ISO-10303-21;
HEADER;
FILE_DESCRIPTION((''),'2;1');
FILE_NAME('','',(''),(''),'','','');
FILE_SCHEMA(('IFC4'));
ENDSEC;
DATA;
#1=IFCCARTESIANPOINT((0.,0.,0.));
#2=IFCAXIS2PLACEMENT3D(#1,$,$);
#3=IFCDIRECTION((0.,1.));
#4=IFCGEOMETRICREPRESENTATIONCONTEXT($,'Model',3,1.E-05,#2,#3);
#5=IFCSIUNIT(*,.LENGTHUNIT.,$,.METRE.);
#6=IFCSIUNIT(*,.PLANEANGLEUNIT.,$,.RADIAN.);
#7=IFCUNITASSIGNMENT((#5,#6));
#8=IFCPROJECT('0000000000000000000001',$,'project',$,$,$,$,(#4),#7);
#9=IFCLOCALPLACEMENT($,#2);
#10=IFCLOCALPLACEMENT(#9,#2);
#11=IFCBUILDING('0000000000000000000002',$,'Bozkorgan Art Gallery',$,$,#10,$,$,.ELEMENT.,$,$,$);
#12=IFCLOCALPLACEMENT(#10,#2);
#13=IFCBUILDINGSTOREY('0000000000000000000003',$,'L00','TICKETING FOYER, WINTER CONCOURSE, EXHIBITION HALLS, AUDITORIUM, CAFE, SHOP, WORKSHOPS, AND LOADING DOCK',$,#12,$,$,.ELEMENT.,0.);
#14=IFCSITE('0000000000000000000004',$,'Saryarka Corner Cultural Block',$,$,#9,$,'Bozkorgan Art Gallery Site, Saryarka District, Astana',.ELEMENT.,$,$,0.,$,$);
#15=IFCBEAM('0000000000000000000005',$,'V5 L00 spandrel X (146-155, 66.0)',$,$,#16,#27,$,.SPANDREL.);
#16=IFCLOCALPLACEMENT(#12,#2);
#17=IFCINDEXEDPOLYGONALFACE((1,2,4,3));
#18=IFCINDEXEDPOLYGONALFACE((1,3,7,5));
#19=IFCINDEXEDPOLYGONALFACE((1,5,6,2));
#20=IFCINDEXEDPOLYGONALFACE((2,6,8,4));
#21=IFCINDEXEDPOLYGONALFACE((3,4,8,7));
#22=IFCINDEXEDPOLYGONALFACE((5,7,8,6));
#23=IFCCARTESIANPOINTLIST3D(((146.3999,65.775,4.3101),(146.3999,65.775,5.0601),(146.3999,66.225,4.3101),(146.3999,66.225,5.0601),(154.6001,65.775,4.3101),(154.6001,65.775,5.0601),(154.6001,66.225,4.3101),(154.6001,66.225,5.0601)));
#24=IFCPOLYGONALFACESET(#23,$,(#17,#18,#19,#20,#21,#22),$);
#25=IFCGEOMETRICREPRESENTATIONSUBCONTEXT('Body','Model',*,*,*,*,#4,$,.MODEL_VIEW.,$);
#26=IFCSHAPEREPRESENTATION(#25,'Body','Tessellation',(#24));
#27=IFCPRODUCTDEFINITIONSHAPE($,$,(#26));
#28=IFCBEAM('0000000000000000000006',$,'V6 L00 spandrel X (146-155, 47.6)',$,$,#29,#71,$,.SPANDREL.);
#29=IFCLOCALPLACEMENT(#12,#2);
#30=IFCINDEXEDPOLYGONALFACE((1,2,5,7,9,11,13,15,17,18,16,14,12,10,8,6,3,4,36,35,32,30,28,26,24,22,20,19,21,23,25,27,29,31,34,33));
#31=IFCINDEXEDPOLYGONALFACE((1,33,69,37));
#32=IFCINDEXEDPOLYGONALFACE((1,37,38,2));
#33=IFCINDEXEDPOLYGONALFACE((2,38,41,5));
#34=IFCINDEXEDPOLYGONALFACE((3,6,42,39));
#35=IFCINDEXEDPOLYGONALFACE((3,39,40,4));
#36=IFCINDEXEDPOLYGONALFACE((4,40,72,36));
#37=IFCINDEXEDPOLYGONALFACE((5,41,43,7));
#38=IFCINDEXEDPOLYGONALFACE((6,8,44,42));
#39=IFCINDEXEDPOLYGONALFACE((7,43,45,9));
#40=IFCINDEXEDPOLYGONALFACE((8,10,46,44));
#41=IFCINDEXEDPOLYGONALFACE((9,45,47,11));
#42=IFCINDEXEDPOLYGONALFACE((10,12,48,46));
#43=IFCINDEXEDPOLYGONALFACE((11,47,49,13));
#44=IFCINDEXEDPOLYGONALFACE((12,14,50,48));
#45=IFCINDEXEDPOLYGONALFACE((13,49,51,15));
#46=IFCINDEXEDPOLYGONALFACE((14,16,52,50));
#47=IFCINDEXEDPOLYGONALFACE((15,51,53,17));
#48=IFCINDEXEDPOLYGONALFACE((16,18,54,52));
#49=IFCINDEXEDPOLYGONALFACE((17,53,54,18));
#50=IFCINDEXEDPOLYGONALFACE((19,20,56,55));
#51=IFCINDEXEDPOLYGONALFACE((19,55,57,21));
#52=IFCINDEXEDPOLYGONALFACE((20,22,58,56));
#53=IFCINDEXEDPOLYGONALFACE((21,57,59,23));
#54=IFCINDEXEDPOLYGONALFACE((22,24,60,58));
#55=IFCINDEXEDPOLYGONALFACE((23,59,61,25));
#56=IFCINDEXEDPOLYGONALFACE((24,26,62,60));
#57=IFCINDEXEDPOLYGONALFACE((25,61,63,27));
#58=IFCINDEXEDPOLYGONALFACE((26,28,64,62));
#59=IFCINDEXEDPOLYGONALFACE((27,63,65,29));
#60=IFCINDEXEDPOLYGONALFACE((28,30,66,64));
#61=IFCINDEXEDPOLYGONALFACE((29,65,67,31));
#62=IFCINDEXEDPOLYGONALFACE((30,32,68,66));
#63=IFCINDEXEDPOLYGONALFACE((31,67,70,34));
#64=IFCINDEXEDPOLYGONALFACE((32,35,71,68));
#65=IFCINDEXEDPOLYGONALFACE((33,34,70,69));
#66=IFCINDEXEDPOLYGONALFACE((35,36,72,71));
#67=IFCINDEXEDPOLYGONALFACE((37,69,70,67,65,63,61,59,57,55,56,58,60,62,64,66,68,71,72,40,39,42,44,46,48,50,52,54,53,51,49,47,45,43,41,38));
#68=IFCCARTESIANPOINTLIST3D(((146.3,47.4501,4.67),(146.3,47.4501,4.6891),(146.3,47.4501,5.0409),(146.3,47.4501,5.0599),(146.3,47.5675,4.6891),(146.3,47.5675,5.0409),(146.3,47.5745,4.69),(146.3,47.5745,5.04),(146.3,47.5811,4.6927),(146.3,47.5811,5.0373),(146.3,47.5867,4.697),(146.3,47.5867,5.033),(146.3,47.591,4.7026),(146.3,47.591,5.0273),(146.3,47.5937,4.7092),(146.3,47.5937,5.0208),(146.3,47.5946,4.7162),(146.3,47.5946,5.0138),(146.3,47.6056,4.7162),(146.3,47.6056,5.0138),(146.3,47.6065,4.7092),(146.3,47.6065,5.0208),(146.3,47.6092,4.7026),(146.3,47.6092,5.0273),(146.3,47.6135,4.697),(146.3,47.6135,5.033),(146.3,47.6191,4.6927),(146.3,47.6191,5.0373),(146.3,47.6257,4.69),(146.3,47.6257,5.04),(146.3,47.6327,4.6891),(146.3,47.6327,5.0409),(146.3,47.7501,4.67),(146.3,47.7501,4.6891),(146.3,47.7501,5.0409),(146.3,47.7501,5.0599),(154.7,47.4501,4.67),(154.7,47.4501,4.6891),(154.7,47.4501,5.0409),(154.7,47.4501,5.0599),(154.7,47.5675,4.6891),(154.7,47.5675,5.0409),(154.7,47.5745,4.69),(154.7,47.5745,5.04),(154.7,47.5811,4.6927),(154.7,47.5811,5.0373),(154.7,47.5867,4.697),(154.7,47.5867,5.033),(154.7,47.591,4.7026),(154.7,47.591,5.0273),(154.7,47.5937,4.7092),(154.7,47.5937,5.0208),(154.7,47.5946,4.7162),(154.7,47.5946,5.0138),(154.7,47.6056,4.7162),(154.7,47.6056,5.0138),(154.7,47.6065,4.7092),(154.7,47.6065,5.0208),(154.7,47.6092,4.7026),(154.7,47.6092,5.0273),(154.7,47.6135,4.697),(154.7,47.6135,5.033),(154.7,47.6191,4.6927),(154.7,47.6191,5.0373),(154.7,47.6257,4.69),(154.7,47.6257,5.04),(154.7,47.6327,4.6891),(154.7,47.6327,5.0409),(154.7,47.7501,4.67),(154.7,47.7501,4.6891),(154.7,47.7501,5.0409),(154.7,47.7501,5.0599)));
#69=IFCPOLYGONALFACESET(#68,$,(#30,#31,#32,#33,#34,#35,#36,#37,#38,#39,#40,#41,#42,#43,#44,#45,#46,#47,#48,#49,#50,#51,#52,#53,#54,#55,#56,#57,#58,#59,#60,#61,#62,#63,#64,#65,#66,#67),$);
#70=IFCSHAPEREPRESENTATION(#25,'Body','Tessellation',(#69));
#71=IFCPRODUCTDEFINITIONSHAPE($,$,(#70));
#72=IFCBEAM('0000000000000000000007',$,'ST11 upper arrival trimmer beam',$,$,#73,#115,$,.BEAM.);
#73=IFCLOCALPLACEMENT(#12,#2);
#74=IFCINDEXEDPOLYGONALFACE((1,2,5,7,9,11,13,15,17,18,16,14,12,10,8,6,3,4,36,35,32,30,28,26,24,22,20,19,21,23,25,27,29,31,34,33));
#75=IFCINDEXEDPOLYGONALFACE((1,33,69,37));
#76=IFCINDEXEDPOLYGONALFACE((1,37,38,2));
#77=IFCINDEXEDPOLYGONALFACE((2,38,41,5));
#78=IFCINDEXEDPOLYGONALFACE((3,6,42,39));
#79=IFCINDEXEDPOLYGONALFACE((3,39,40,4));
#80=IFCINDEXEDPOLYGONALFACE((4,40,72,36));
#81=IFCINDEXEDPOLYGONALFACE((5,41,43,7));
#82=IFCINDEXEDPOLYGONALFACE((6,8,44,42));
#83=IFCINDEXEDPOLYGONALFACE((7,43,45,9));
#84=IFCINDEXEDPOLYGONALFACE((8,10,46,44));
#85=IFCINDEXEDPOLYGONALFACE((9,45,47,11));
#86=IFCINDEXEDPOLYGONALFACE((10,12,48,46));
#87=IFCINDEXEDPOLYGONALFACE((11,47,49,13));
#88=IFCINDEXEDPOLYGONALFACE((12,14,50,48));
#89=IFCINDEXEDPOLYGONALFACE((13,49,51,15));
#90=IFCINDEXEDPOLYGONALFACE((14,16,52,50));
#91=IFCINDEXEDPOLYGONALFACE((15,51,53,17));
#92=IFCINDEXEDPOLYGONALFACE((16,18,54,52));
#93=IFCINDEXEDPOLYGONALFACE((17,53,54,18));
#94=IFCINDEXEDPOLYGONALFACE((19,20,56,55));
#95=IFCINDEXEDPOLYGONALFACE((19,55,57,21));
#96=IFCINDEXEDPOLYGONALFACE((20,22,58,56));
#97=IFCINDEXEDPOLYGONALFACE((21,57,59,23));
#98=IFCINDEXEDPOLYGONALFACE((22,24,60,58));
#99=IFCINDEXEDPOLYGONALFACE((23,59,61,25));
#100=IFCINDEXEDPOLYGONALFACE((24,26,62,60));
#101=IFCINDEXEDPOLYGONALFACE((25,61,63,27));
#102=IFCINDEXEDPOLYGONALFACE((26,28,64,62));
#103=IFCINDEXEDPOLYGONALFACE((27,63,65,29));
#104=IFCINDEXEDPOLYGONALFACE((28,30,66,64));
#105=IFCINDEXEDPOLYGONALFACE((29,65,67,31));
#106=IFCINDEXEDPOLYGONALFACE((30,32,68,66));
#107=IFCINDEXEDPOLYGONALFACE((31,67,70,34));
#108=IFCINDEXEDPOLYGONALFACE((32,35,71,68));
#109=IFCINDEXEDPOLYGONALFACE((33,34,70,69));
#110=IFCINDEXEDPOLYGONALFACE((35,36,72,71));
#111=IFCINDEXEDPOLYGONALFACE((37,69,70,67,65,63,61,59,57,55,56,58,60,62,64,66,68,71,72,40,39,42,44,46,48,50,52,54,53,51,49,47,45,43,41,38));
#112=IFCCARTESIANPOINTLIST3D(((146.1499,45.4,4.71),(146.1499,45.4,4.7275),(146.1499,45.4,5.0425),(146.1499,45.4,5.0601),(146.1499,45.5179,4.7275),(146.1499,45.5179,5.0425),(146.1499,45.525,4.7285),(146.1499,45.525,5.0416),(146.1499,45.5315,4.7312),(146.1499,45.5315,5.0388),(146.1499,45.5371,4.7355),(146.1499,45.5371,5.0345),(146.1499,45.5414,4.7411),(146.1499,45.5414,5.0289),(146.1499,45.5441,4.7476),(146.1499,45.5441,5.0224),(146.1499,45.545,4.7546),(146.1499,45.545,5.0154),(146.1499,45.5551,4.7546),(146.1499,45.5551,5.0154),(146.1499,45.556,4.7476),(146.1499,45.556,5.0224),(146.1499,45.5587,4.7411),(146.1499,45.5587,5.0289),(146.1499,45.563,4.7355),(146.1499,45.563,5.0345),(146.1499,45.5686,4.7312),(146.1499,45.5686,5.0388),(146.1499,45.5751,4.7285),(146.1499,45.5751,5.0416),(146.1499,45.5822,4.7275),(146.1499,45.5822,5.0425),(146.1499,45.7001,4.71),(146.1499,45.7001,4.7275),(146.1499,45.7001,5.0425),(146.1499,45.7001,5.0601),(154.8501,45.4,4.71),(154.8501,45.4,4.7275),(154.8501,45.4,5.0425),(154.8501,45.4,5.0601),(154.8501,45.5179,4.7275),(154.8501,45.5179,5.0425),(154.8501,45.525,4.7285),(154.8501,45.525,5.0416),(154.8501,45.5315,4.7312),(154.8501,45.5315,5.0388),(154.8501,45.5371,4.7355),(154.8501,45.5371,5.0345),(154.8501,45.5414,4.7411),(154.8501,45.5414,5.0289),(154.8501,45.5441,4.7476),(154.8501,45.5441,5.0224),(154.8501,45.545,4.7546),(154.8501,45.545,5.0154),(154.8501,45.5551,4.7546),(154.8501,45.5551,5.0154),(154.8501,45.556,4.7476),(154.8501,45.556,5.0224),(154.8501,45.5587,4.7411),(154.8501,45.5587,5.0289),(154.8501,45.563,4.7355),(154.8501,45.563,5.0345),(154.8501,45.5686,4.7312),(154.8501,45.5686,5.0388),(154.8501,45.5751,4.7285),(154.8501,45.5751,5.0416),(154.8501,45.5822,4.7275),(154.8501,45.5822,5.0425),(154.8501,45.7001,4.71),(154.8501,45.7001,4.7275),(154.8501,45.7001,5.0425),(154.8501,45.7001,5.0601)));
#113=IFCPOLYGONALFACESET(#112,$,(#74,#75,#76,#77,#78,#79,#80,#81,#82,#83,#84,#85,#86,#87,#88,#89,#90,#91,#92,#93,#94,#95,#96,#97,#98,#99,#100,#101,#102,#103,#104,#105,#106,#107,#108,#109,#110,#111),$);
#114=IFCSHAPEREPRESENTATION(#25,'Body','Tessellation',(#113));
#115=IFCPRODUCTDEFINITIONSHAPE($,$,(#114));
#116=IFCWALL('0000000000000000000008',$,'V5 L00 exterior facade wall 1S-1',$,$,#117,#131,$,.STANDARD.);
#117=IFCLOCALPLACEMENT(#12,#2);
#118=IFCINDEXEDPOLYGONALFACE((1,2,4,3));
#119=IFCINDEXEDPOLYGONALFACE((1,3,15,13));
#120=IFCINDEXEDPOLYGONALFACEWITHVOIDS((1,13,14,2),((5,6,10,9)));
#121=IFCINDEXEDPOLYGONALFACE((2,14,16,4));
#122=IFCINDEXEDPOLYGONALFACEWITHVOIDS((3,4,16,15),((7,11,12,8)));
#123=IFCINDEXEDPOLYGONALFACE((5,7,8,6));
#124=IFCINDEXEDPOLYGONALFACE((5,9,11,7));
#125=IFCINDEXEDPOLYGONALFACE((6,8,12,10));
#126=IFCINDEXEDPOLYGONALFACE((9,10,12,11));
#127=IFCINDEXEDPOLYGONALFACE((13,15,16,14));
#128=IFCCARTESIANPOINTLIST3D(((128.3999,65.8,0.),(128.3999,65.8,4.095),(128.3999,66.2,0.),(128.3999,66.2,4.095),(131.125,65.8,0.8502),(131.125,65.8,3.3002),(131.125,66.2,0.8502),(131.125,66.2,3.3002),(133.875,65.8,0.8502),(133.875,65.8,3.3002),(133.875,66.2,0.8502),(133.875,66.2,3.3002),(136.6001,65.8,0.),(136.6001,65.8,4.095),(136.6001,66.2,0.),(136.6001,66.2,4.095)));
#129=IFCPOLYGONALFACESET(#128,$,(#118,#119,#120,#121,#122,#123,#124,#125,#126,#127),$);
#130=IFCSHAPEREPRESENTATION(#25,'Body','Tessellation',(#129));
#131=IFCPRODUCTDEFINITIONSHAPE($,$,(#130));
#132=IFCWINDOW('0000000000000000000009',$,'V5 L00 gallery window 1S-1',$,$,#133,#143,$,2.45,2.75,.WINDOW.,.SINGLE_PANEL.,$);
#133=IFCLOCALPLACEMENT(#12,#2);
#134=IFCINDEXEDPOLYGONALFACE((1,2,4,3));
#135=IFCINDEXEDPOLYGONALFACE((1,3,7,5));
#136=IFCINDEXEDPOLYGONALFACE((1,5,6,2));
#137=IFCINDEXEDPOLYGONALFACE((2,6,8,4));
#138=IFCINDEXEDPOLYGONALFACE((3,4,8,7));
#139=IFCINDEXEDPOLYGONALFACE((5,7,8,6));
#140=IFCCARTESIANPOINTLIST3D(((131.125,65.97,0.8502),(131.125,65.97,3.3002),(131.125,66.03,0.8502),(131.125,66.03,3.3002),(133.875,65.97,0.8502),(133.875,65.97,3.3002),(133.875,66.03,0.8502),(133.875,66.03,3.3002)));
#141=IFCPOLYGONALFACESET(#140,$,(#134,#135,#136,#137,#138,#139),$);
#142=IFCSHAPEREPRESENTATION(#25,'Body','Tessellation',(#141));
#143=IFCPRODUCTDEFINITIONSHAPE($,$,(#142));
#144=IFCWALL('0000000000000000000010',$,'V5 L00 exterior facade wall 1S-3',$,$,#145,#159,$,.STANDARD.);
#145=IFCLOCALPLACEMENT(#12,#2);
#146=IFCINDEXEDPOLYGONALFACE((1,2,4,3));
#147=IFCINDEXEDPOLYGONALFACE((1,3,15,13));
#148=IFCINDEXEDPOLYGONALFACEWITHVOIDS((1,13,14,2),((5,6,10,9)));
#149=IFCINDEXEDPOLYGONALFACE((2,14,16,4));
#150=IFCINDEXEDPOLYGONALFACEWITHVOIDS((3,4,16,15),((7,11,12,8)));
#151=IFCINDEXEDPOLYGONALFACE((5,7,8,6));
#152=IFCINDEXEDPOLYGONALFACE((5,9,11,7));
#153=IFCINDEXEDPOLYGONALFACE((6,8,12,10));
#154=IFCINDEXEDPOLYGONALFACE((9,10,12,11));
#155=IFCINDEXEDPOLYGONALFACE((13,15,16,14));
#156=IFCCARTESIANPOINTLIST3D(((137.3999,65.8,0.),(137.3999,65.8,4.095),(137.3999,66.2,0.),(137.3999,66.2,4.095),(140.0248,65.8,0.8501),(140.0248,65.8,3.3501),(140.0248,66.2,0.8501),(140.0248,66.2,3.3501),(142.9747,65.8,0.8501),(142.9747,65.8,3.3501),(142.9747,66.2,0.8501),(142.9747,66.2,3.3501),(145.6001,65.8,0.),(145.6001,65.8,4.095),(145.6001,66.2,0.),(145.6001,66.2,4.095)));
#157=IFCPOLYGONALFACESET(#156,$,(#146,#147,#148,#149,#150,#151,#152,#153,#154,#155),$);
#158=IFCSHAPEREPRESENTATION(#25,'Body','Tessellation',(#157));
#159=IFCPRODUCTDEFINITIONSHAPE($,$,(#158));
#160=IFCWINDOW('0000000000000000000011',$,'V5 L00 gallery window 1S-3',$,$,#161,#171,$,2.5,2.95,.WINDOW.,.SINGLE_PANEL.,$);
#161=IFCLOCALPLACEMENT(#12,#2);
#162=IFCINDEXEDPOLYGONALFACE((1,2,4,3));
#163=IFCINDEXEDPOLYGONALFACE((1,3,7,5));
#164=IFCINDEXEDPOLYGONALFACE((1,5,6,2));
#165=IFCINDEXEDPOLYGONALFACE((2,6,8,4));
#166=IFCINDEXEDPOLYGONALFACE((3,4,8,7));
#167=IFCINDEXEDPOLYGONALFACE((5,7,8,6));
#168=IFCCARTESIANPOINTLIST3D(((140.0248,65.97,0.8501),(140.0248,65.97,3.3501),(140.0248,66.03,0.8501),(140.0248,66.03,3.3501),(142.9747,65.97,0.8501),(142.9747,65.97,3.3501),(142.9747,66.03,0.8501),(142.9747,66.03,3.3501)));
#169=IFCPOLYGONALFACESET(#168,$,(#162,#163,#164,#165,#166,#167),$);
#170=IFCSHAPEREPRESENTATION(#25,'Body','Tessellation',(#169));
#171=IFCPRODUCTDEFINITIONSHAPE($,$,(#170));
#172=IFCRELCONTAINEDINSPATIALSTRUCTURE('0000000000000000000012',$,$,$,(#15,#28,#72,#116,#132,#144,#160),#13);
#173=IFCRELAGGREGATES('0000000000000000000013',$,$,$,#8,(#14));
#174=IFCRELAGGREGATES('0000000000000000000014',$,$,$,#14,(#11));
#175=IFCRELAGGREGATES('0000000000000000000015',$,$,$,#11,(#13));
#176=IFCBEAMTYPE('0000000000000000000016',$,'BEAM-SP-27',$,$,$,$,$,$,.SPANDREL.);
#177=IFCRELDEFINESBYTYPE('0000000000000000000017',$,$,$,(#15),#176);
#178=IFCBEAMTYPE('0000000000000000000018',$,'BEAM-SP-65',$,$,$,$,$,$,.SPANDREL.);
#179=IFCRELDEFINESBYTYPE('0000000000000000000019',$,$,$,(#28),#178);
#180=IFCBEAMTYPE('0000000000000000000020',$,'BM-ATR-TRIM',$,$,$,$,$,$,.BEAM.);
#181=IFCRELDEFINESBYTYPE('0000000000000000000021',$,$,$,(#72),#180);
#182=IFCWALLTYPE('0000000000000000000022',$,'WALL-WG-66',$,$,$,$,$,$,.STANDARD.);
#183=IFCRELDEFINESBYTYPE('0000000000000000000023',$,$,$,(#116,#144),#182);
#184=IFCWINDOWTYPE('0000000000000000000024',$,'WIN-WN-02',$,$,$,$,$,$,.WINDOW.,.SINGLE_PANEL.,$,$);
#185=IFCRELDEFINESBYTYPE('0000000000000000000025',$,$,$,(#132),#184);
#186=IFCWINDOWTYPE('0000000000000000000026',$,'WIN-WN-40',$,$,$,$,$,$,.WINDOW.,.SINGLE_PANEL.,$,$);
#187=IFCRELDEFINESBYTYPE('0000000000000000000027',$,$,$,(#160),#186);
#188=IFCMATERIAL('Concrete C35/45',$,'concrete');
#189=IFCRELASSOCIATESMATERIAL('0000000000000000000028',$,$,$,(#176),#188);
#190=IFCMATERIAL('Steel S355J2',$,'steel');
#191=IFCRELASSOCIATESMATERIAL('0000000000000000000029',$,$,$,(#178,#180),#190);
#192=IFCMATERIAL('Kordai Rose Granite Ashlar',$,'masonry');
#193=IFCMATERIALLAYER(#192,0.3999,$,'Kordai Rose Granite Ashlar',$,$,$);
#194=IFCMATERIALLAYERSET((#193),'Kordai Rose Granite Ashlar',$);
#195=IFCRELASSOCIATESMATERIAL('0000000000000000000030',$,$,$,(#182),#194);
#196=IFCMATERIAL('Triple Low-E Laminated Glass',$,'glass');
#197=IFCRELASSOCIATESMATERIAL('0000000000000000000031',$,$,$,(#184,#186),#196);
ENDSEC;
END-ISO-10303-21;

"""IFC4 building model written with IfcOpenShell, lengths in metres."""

from ifc_helpers import new_model, si_unit, direction, frame, frame_2d, origin, origin_2d, place, context, subcontext, project, spatial, rectangle, i_section, extrude, material, layer, layer_set, material_profile, profile_set, type_object, element, fill, save


model = new_model("IFC4")

# Units and contexts
model_context = context("Model", 3, precision=1e-05, world=origin(), true_north=direction((0.0, 1.0)))
body_context = subcontext(model_context, "Body", "Model", "MODEL_VIEW")
ifc_project = project(units=[si_unit("LENGTHUNIT", "METRE"), si_unit("PLANEANGLEUNIT", "RADIAN")], contexts=[model_context])

# Site, building, storey
site_placement = place(None, origin())
site = spatial("IfcSite", under=ifc_project, at=site_placement, Name="Saryarka Corner Cultural Block", LongName="Bozkorgan Art Gallery Site, Saryarka District, Astana", CompositionType="ELEMENT", RefElevation=0.0)
building_placement = place(site_placement, origin())
building = spatial("IfcBuilding", under=site, at=building_placement, Name="Bozkorgan Art Gallery", CompositionType="ELEMENT")
storey_placement = place(building_placement, origin())
storey = spatial("IfcBuildingStorey", under=building, at=storey_placement, Name="L00", Description="TICKETING FOYER, WINTER CONCOURSE, EXHIBITION HALLS, AUDITORIUM, CAFE, SHOP, WORKSHOPS, AND LOADING DOCK", CompositionType="ELEMENT", Elevation=0.0)

# Beams
ifc_material_1 = material(Name="Concrete C35/45", Category="concrete")
ifc_material_2 = material(Name="Steel S355J2", Category="steel")
ifc_material_profile_1 = material_profile(ifc_material_1, rectangle(XDim=0.45, YDim=0.75, at=origin_2d()), Name="RC 450x750")
ifc_profile_set_1 = profile_set([ifc_material_profile_1], Name="Concrete C35/45")
beam_type_1 = type_object("IfcBeamType", Name="BEAM-SP-27", PredefinedType="SPANDREL", material=ifc_profile_set_1)
for number, where, z_axis, x_axis, name in (
    (1, (146.3999, 66.0, 4.6851), (1.0, 0.0, 0.0), (0.0, 1.0, 0.0), "V5 L00 spandrel X (146-155, 66.0)"),
):
    element("IfcBeam", number, at=place(storey_placement, frame(where, z_axis=z_axis, x_axis=x_axis)), inside=storey, type_object=beam_type_1, Name=name, PredefinedType="SPANDREL", context=body_context, shape_type="SweptSolid", body=[
        extrude(rectangle(XDim=0.45, YDim=0.75, at=origin_2d()), origin(), (0.0, 0.0, 1.0), 8.2002),
    ])
ifc_material_profile_2 = material_profile(ifc_material_2, i_section(OverallWidth=0.3, OverallDepth=0.3899, WebThickness=0.011, FlangeThickness=0.019, FilletRadius=0.0271, at=origin_2d()), Name="HEA 400")
ifc_profile_set_2 = profile_set([ifc_material_profile_2], Name="Steel S355J2")
beam_type_2 = type_object("IfcBeamType", Name="BEAM-SP-65", PredefinedType="SPANDREL", material=ifc_profile_set_2)
beam_1_placement = place(storey_placement, frame((146.3, 47.6001, 4.865), z_axis=(1.0, 0.0, 0.0), x_axis=(0.0, 1.0, 0.0)))
element("IfcBeam", 2, at=beam_1_placement, inside=storey, type_object=beam_type_2, Name="V6 L00 spandrel X (146-155, 47.6)", PredefinedType="SPANDREL", context=body_context, shape_type="SweptSolid", body=[
    extrude(i_section(OverallWidth=0.3, OverallDepth=0.3899, WebThickness=0.011, FlangeThickness=0.019, FilletRadius=0.0271, at=origin_2d()), origin(), (0.0, 0.0, 1.0), 8.3999),
])
ifc_material_profile_3 = material_profile(ifc_material_2, i_section(OverallWidth=0.3, OverallDepth=0.3501, WebThickness=0.01, FlangeThickness=0.0176, FilletRadius=0.0271, at=origin_2d()), Name="HEA 360")
ifc_profile_set_3 = profile_set([ifc_material_profile_3], Name="Steel S355J2")
beam_type_3 = type_object("IfcBeamType", Name="BM-ATR-TRIM", PredefinedType="BEAM", material=ifc_profile_set_3)
beam_2_placement = place(storey_placement, frame((146.1499, 45.55, 4.885), z_axis=(1.0, 0.0, 0.0), x_axis=(0.0, 1.0, 0.0)))
element("IfcBeam", 3, at=beam_2_placement, inside=storey, type_object=beam_type_3, Name="ST11 upper arrival trimmer beam", PredefinedType="BEAM", context=body_context, shape_type="SweptSolid", body=[
    extrude(i_section(OverallWidth=0.3, OverallDepth=0.3501, WebThickness=0.01, FlangeThickness=0.0176, FilletRadius=0.0271, at=origin_2d()), origin(), (0.0, 0.0, 1.0), 8.7002),
])

# Walls, openings, windows
ifc_material_3 = material(Name="Kordai Rose Granite Ashlar", Category="masonry")
ifc_layer_1 = layer(ifc_material_3, 0.3999, Name="Kordai Rose Granite Ashlar")
ifc_layer_set_1 = layer_set([ifc_layer_1], Name="Kordai Rose Granite Ashlar")
wall_type = type_object("IfcWallType", Name="WALL-WG-66", PredefinedType="STANDARD", material=ifc_layer_set_1)
wall_1_placement = place(storey_placement, frame((128.3999, 66.0, 0.0), z_axis=(0.0, 0.0, 1.0), x_axis=(1.0, 0.0, 0.0)))
wall_1 = element("IfcWall", 4, at=wall_1_placement, inside=storey, type_object=wall_type, Name="V5 L00 exterior facade wall 1S-1", PredefinedType="STANDARD", context=body_context, shape_type="SweptSolid", body=[
    extrude(rectangle(XDim=8.2002, YDim=0.3999, at=frame_2d((4.1001, 0.0))), origin(), (0.0, 0.0, 1.0), 4.095),
])
opening_1_placement = place(wall_1_placement, frame((5.4751, 0.0, 0.8501), z_axis=(0.0, 0.0, 1.0), x_axis=(-1.0, 0.0, 0.0)))
opening_1 = element("IfcOpeningElement", 5, at=opening_1_placement, cuts=wall_1, PredefinedType="OPENING", context=body_context, shape_type="SweptSolid", body=[
    extrude(rectangle(XDim=2.75, YDim=2.45, at=frame_2d((1.375, 1.2251))), frame((0.0, 0.21, 0.0), z_axis=(0.0, -1.0, 0.0), x_axis=(1.0, 0.0, 0.0)), (0.0, 0.0, 1.0), 0.4199),
])
ifc_material_4 = material(Name="Triple Low-E Laminated Glass", Category="glass")
window_type_1 = type_object("IfcWindowType", Name="WIN-WN-02", PartitioningType="SINGLE_PANEL", PredefinedType="WINDOW", material=ifc_material_4)
window_1_placement = place(opening_1_placement, origin())
window_1 = element("IfcWindow", 6, at=window_1_placement, inside=storey, type_object=window_type_1, Name="V5 L00 gallery window 1S-1", OverallHeight=2.45, OverallWidth=2.75, PartitioningType="SINGLE_PANEL", PredefinedType="WINDOW", context=body_context, shape_type="SweptSolid", body=[
    extrude(rectangle(XDim=2.75, YDim=2.45, at=frame_2d((1.375, 1.2251))), frame((0.0, 0.03, 0.0), z_axis=(0.0, -1.0, 0.0), x_axis=(1.0, 0.0, 0.0)), (0.0, 0.0, 1.0), 0.0601),
])
fill(opening_1, window_1)
wall_2_placement = place(storey_placement, frame((137.3999, 66.0, 0.0), z_axis=(0.0, 0.0, 1.0), x_axis=(1.0, 0.0, 0.0)))
wall_2 = element("IfcWall", 7, at=wall_2_placement, inside=storey, type_object=wall_type, Name="V5 L00 exterior facade wall 1S-3", PredefinedType="STANDARD", context=body_context, shape_type="SweptSolid", body=[
    extrude(rectangle(XDim=8.2002, YDim=0.3999, at=frame_2d((4.1001, 0.0))), origin(), (0.0, 0.0, 1.0), 4.095),
])
opening_2_placement = place(wall_2_placement, frame((5.575, 0.0, 0.8501), z_axis=(0.0, 0.0, 1.0), x_axis=(-1.0, 0.0, 0.0)))
opening_2 = element("IfcOpeningElement", 8, at=opening_2_placement, cuts=wall_2, PredefinedType="OPENING", context=body_context, shape_type="SweptSolid", body=[
    extrude(rectangle(XDim=2.95, YDim=2.5, at=frame_2d((1.4751, 1.25))), frame((0.0, 0.21, 0.0), z_axis=(0.0, -1.0, 0.0), x_axis=(1.0, 0.0, 0.0)), (0.0, 0.0, 1.0), 0.4199),
])
window_type_2 = type_object("IfcWindowType", Name="WIN-WN-40", PartitioningType="SINGLE_PANEL", PredefinedType="WINDOW", material=ifc_material_4)
window_2_placement = place(opening_2_placement, origin())
window_2 = element("IfcWindow", 9, at=window_2_placement, inside=storey, type_object=window_type_2, Name="V5 L00 gallery window 1S-3", OverallHeight=2.5, OverallWidth=2.95, PartitioningType="SINGLE_PANEL", PredefinedType="WINDOW", context=body_context, shape_type="SweptSolid", body=[
    extrude(rectangle(XDim=2.95, YDim=2.5, at=frame_2d((1.4751, 1.25))), frame((0.0, 0.03, 0.0), z_axis=(0.0, -1.0, 0.0), x_axis=(1.0, 0.0, 0.0)), (0.0, 0.0, 1.0), 0.0601),
])
fill(opening_2, window_2)

save(model, "model.ifc")
